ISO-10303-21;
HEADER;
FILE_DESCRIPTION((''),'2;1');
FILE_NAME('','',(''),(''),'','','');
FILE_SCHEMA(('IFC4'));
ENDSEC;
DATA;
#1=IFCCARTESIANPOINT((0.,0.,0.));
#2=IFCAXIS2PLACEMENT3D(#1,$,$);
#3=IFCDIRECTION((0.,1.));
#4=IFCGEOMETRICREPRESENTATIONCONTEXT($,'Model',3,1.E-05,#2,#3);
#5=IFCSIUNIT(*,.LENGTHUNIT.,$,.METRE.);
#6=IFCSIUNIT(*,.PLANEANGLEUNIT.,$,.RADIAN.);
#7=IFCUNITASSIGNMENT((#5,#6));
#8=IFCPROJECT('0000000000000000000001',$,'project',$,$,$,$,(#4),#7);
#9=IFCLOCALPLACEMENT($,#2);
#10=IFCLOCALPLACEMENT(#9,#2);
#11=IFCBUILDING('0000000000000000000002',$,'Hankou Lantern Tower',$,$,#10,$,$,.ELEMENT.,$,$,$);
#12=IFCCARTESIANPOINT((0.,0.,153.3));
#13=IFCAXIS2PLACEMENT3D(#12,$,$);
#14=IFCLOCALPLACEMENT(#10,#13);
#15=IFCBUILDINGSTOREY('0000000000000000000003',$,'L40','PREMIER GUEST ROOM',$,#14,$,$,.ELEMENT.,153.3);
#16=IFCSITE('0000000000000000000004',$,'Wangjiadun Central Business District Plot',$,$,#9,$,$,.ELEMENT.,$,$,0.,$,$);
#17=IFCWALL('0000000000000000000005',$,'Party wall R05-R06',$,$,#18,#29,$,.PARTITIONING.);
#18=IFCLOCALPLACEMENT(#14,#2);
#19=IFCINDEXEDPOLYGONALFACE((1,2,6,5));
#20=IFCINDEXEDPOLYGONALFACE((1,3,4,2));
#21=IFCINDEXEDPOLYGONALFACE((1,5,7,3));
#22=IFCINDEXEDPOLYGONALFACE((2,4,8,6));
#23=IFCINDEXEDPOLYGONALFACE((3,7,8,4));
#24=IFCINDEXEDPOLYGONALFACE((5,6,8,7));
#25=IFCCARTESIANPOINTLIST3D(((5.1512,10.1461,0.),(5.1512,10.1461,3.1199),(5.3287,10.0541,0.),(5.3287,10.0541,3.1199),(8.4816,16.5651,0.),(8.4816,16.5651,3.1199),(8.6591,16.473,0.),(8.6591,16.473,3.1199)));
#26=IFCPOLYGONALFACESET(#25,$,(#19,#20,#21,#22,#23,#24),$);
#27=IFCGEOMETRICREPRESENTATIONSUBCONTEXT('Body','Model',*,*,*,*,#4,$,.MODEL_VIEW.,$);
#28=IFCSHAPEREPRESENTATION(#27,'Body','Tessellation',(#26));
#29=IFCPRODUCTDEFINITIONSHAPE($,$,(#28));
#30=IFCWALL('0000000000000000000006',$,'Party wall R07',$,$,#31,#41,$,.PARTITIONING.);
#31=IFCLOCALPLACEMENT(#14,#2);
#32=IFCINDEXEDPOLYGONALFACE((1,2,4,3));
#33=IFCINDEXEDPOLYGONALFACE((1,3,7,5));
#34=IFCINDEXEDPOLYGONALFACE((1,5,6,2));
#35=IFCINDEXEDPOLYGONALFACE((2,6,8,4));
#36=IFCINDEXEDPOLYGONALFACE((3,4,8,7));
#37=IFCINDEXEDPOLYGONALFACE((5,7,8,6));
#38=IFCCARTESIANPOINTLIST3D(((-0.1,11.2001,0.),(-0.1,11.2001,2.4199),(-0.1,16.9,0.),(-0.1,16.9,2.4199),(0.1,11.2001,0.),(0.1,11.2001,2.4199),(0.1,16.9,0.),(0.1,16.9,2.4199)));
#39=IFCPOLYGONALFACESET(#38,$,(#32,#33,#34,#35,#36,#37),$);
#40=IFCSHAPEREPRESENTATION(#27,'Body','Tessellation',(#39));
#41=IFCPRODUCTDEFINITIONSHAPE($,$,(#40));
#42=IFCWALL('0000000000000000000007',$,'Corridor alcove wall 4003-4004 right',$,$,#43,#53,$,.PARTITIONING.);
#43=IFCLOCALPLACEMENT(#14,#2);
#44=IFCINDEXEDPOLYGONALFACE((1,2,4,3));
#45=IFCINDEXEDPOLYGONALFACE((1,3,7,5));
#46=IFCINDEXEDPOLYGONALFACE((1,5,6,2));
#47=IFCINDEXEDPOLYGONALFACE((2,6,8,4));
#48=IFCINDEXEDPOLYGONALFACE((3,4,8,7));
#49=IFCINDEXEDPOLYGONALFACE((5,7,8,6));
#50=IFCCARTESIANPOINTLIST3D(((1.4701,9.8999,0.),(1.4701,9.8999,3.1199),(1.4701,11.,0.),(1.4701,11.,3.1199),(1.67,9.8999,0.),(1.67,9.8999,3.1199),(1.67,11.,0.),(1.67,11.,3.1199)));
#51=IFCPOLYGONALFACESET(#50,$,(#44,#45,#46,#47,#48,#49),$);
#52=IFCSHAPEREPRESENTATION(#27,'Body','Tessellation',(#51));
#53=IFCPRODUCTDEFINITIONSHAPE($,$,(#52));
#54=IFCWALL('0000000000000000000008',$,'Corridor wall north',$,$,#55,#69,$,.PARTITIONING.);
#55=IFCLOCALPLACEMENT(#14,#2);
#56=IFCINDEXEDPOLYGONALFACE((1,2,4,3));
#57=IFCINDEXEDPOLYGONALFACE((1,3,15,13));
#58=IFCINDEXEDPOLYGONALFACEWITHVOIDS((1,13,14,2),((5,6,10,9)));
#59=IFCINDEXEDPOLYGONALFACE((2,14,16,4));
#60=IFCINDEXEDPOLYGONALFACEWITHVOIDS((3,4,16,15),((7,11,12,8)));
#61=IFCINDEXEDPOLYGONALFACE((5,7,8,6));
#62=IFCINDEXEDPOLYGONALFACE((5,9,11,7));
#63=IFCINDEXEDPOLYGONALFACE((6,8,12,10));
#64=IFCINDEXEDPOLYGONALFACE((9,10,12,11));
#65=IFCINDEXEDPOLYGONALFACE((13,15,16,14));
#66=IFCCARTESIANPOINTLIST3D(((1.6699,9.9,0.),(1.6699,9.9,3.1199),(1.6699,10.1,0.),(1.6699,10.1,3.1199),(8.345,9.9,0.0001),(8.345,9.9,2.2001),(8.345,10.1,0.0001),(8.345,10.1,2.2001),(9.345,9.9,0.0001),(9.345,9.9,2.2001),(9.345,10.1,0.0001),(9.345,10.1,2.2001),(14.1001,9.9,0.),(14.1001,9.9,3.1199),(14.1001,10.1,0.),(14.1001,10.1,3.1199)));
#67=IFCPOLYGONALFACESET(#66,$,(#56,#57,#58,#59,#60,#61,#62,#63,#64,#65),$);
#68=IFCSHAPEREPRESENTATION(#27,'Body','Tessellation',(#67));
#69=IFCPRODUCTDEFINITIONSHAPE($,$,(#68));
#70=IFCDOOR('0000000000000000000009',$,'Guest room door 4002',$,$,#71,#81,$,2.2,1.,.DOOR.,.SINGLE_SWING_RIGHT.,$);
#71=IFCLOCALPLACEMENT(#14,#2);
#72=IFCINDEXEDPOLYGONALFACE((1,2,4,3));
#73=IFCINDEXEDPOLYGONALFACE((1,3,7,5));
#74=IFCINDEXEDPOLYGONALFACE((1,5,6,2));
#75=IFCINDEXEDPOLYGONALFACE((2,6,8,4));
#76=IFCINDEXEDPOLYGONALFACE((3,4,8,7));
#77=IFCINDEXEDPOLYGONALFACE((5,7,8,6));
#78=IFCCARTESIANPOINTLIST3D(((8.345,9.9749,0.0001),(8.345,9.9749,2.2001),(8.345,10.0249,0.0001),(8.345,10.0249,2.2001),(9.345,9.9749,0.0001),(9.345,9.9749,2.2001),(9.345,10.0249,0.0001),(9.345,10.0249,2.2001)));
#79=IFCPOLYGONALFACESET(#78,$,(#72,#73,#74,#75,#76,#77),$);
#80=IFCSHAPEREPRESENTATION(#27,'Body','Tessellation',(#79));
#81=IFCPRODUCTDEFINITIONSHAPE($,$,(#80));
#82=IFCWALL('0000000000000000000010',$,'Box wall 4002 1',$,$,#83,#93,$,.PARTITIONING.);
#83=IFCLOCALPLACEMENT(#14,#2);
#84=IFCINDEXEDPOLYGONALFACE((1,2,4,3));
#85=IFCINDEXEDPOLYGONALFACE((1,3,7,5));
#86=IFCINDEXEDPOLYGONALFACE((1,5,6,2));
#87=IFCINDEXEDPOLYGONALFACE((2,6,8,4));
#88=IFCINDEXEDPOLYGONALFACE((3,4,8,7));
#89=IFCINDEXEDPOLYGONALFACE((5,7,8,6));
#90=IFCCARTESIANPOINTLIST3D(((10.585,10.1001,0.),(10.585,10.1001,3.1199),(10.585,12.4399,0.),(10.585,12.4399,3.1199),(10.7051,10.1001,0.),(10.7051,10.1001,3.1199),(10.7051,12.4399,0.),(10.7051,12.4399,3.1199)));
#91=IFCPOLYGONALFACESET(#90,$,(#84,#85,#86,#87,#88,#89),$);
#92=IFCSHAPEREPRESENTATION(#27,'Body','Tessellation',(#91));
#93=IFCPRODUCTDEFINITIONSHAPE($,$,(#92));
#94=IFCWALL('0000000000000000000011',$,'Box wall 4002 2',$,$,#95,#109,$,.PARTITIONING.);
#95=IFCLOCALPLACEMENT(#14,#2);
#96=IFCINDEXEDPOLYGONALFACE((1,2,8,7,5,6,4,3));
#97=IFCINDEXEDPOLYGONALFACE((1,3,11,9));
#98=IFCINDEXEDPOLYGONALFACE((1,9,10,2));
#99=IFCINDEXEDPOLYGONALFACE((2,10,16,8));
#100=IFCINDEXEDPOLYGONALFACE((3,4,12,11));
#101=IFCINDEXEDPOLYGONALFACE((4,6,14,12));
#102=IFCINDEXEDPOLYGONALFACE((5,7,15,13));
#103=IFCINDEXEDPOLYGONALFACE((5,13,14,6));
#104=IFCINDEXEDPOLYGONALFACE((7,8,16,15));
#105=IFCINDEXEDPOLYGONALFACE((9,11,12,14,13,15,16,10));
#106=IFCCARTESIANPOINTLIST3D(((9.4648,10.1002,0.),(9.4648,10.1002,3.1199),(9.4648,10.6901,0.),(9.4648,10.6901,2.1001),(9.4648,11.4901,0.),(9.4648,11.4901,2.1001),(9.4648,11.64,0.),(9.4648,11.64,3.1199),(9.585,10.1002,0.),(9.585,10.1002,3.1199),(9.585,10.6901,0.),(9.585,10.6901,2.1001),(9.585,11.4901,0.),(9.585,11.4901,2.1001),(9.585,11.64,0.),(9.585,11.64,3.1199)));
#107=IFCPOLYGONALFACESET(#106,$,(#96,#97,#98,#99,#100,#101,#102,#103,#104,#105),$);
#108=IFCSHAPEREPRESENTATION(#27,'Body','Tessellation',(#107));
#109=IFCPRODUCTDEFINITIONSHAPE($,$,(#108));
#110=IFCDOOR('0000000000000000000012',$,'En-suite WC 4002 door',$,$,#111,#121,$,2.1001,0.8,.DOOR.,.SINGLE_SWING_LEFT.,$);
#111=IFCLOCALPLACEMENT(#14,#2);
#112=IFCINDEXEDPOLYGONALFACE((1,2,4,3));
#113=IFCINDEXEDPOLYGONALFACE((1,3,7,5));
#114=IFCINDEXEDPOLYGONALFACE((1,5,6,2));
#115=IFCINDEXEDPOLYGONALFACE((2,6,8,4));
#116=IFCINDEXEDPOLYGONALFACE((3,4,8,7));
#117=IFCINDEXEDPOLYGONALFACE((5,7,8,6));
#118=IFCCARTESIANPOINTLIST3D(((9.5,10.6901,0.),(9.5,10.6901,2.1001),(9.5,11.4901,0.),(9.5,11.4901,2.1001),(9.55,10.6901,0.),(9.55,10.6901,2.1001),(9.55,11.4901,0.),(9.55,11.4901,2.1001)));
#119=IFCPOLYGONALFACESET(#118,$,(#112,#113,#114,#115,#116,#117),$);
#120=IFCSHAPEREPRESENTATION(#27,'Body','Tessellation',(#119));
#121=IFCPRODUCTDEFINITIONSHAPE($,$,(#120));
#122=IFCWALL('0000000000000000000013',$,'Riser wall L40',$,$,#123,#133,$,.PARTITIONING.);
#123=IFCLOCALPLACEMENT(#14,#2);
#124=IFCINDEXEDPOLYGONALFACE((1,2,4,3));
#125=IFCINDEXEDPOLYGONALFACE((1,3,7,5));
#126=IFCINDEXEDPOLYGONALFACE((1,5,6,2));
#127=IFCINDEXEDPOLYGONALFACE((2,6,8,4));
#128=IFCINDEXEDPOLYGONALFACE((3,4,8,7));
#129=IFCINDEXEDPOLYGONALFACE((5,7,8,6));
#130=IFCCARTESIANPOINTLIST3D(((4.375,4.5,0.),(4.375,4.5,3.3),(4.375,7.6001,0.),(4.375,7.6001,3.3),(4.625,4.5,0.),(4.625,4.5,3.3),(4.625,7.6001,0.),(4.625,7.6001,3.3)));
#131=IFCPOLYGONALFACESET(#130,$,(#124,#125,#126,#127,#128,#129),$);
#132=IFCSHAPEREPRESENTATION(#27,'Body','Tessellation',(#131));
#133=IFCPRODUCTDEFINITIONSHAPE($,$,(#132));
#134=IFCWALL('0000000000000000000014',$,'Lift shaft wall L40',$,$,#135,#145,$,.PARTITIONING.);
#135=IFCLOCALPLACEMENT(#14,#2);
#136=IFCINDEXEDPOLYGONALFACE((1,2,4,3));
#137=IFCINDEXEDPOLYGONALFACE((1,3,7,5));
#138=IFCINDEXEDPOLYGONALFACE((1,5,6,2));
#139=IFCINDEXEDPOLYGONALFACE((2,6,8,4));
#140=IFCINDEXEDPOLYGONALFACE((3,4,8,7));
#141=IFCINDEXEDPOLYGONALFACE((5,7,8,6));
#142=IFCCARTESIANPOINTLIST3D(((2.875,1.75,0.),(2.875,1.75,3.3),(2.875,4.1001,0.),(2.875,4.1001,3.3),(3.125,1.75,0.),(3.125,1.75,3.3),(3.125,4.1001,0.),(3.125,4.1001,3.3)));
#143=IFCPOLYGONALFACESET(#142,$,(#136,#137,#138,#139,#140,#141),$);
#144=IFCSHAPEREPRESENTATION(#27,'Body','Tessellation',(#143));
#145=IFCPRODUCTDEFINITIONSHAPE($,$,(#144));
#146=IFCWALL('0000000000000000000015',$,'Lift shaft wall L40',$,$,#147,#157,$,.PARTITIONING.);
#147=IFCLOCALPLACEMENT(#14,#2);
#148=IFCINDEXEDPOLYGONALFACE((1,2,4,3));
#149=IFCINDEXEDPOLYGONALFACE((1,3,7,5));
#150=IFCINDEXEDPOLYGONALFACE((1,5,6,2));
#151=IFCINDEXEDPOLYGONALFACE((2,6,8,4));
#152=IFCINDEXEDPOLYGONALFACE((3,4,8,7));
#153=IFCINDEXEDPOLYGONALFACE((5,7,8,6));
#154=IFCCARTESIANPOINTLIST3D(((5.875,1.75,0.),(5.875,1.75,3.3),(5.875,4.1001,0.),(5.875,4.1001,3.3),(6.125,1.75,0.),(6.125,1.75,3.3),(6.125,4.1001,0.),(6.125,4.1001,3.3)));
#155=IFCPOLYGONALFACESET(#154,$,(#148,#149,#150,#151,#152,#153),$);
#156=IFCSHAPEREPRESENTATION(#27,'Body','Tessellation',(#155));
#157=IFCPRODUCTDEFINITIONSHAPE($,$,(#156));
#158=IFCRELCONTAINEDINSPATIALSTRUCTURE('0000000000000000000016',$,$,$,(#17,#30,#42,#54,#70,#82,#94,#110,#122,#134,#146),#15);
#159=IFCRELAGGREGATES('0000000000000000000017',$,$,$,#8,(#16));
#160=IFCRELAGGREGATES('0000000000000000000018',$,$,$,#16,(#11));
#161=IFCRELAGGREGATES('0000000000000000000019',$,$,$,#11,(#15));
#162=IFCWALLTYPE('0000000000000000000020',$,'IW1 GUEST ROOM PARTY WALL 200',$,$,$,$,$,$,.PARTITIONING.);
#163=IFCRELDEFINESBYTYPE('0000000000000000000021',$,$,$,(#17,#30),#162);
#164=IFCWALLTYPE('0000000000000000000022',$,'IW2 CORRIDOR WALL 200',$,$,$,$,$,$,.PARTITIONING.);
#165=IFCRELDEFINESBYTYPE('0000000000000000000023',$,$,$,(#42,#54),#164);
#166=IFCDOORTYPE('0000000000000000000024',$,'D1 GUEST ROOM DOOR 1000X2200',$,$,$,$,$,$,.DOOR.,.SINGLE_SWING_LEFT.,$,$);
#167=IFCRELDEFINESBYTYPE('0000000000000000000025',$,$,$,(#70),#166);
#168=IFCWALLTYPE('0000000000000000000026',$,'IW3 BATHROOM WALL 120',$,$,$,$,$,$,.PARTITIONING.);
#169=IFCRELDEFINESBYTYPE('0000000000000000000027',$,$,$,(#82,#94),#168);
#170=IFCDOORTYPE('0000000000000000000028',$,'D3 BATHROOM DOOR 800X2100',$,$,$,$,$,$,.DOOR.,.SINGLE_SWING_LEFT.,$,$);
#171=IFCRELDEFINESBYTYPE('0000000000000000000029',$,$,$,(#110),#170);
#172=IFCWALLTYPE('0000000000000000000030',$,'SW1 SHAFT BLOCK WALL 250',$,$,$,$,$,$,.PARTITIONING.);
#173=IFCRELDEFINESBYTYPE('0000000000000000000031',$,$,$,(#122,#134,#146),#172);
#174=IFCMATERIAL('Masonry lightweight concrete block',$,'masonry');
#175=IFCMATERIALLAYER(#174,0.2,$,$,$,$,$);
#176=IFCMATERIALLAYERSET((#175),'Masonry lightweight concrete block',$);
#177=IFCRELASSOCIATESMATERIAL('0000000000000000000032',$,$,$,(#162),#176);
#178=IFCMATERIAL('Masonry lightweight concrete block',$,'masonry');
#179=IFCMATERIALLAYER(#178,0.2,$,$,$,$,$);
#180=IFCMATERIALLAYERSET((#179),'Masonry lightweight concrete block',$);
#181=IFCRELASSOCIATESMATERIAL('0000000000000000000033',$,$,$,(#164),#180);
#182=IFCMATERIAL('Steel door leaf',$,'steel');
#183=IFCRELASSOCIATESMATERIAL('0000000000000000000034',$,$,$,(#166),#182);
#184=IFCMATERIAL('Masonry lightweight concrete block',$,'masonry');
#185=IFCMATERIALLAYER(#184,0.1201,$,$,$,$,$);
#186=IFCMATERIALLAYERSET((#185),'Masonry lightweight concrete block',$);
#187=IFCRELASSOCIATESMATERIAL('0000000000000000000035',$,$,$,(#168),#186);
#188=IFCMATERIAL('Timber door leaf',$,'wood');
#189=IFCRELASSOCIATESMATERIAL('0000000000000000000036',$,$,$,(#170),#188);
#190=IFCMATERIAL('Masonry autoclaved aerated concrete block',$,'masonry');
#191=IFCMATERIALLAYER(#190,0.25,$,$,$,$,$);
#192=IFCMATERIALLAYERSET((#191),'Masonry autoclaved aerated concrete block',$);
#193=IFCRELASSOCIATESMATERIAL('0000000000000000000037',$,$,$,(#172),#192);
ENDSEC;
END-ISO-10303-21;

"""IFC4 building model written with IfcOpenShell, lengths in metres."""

from ifc_helpers import new_model, si_unit, direction, frame, frame_2d, origin, place, context, subcontext, project, spatial, rectangle, extrude, material, layer, layer_set, type_object, element, fill, save


model = new_model("IFC4")

# Units and contexts
model_context = context("Model", 3, precision=1e-05, world=origin(), true_north=direction((0.0, 1.0)))
body_context = subcontext(model_context, "Body", "Model", "MODEL_VIEW")
ifc_project = project(units=[si_unit("LENGTHUNIT", "METRE"), si_unit("PLANEANGLEUNIT", "RADIAN")], contexts=[model_context])

# Site, building, storey
site_placement = place(None, origin())
site = spatial("IfcSite", under=ifc_project, at=site_placement, Name="Wangjiadun Central Business District Plot", CompositionType="ELEMENT", RefElevation=0.0)
building_placement = place(site_placement, origin())
building = spatial("IfcBuilding", under=site, at=building_placement, Name="Hankou Lantern Tower", CompositionType="ELEMENT")
storey_placement = place(building_placement, frame((0.0, 0.0, 153.3)))
storey = spatial("IfcBuildingStorey", under=building, at=storey_placement, Name="L40", Description="PREMIER GUEST ROOM", CompositionType="ELEMENT", Elevation=153.3)

# Walls
ifc_material_1 = material(Name="Masonry lightweight concrete block", Category="masonry")
ifc_layer_1 = layer(ifc_material_1, 0.2)
ifc_layer_set_1 = layer_set([ifc_layer_1], Name="Masonry lightweight concrete block")
wall_type_1 = type_object("IfcWallType", Name="IW1 GUEST ROOM PARTY WALL 200", PredefinedType="PARTITIONING", material=ifc_layer_set_1)
wall_1_placement = place(storey_placement, frame((5.24, 10.1001, 0.0), z_axis=(0.0, 0.0, 1.0), x_axis=(0.460533, 0.887643, 0.0)))
element("IfcWall", 1, at=wall_1_placement, inside=storey, type_object=wall_type_1, Name="Party wall R05-R06", PredefinedType="PARTITIONING", context=body_context, shape_type="SweptSolid", body=[
    extrude(rectangle(XDim=7.2314, YDim=0.2, at=frame_2d((3.6157, 0.0))), origin(), (0.0, 0.0, 1.0), 3.1199),
])
wall_2_placement = place(storey_placement, frame((0.0, 11.2, 0.0), z_axis=(0.0, 0.0, 1.0), x_axis=(0.0, 1.0, 0.0)))
element("IfcWall", 2, at=wall_2_placement, inside=storey, type_object=wall_type_1, Name="Party wall R07", PredefinedType="PARTITIONING", context=body_context, shape_type="SweptSolid", body=[
    extrude(rectangle(XDim=5.7, YDim=0.2, at=frame_2d((2.8501, 0.0))), origin(), (0.0, 0.0, 1.0), 2.4199),
])
ifc_material_2 = material(Name="Masonry lightweight concrete block", Category="masonry")
ifc_layer_2 = layer(ifc_material_2, 0.2)
ifc_layer_set_2 = layer_set([ifc_layer_2], Name="Masonry lightweight concrete block")
wall_type_2 = type_object("IfcWallType", Name="IW2 CORRIDOR WALL 200", PredefinedType="PARTITIONING", material=ifc_layer_set_2)
wall_3_placement = place(storey_placement, frame((1.5701, 9.8999, 0.0), z_axis=(0.0, 0.0, 1.0), x_axis=(0.0, 1.0, 0.0)))
element("IfcWall", 3, at=wall_3_placement, inside=storey, type_object=wall_type_2, Name="Corridor alcove wall 4003-4004 right", PredefinedType="PARTITIONING", context=body_context, shape_type="SweptSolid", body=[
    extrude(rectangle(XDim=1.1001, YDim=0.2, at=frame_2d((0.55, 0.0))), origin(), (0.0, 0.0, 1.0), 3.1199),
])

# Wall, opening, door
wall_4_placement = place(storey_placement, frame((1.6699, 10.0, 0.0), z_axis=(0.0, 0.0, 1.0), x_axis=(1.0, 0.0, 0.0)))
wall_4 = element("IfcWall", 4, at=wall_4_placement, inside=storey, type_object=wall_type_2, Name="Corridor wall north", PredefinedType="PARTITIONING", context=body_context, shape_type="SweptSolid", body=[
    extrude(rectangle(XDim=12.4302, YDim=0.2, at=frame_2d((6.2151, 0.0))), origin(), (0.0, 0.0, 1.0), 3.1199),
])
opening_1_placement = place(wall_4_placement, frame((6.675, 0.0, 0.0)))
opening_1 = element("IfcOpeningElement", 5, at=opening_1_placement, cuts=wall_4, PredefinedType="OPENING", context=body_context, shape_type="SweptSolid", body=[
    extrude(rectangle(XDim=1.0, YDim=2.2, at=frame_2d((0.5, 1.1001))), frame((0.0, 0.1099, 0.0), z_axis=(0.0, -1.0, 0.0), x_axis=(1.0, 0.0, 0.0)), (0.0, 0.0, 1.0), 0.22),
])
ifc_material_3 = material(Name="Steel door leaf", Category="steel")
door_type_1 = type_object("IfcDoorType", Name="D1 GUEST ROOM DOOR 1000X2200", OperationType="SINGLE_SWING_LEFT", PredefinedType="DOOR", material=ifc_material_3)
door_1_placement = place(opening_1_placement, origin())
door_1 = element("IfcDoor", 6, at=door_1_placement, inside=storey, type_object=door_type_1, Name="Guest room door 4002", OperationType="SINGLE_SWING_RIGHT", OverallHeight=2.2, OverallWidth=1.0, PredefinedType="DOOR", context=body_context, shape_type="SweptSolid", body=[
    extrude(rectangle(XDim=1.0, YDim=2.2, at=frame_2d((0.5, 1.1001))), frame((0.0, 0.0249, 0.0), z_axis=(0.0, -1.0, 0.0), x_axis=(1.0, 0.0, 0.0)), (0.0, 0.0, 1.0), 0.05),
])
fill(opening_1, door_1)

# Wall
ifc_material_4 = material(Name="Masonry lightweight concrete block", Category="masonry")
ifc_layer_3 = layer(ifc_material_4, 0.1201)
ifc_layer_set_3 = layer_set([ifc_layer_3], Name="Masonry lightweight concrete block")
wall_type_3 = type_object("IfcWallType", Name="IW3 BATHROOM WALL 120", PredefinedType="PARTITIONING", material=ifc_layer_set_3)
wall_5_placement = place(storey_placement, frame((10.645, 10.1001, 0.0), z_axis=(0.0, 0.0, 1.0), x_axis=(0.0, 1.0, 0.0)))
element("IfcWall", 7, at=wall_5_placement, inside=storey, type_object=wall_type_3, Name="Box wall 4002 1", PredefinedType="PARTITIONING", context=body_context, shape_type="SweptSolid", body=[
    extrude(rectangle(XDim=2.3398, YDim=0.1201, at=frame_2d((1.1699, 0.0))), origin(), (0.0, 0.0, 1.0), 3.1199),
])

# Wall, opening, door
wall_6_placement = place(storey_placement, frame((9.5249, 10.1001, 0.0), z_axis=(0.0, 0.0, 1.0), x_axis=(0.0, 1.0, 0.0)))
wall_6 = element("IfcWall", 8, at=wall_6_placement, inside=storey, type_object=wall_type_3, Name="Box wall 4002 2", PredefinedType="PARTITIONING", context=body_context, shape_type="SweptSolid", body=[
    extrude(rectangle(XDim=1.5398, YDim=0.1201, at=frame_2d((0.77, 0.0))), origin(), (0.0, 0.0, 1.0), 3.1199),
])
opening_2_placement = place(wall_6_placement, frame((0.5901, 0.0, 0.0)))
opening_2 = element("IfcOpeningElement", 9, at=opening_2_placement, cuts=wall_6, PredefinedType="OPENING", context=body_context, shape_type="SweptSolid", body=[
    extrude(rectangle(XDim=0.8, YDim=2.1001, at=frame_2d((0.3999, 1.05))), frame((0.0, 0.0701, 0.0), z_axis=(0.0, -1.0, 0.0), x_axis=(1.0, 0.0, 0.0)), (0.0, 0.0, 1.0), 0.1401),
])
ifc_material_5 = material(Name="Timber door leaf", Category="wood")
door_type_2 = type_object("IfcDoorType", Name="D3 BATHROOM DOOR 800X2100", OperationType="SINGLE_SWING_LEFT", PredefinedType="DOOR", material=ifc_material_5)
door_2_placement = place(opening_2_placement, origin())
door_2 = element("IfcDoor", 10, at=door_2_placement, inside=storey, type_object=door_type_2, Name="En-suite WC 4002 door", OperationType="SINGLE_SWING_LEFT", OverallHeight=2.1001, OverallWidth=0.8, PredefinedType="DOOR", context=body_context, shape_type="SweptSolid", body=[
    extrude(rectangle(XDim=0.8, YDim=2.1001, at=frame_2d((0.3999, 1.05))), frame((0.0, 0.0249, 0.0), z_axis=(0.0, -1.0, 0.0), x_axis=(1.0, 0.0, 0.0)), (0.0, 0.0, 1.0), 0.05),
])
fill(opening_2, door_2)

# Walls
ifc_material_6 = material(Name="Masonry autoclaved aerated concrete block", Category="masonry")
ifc_layer_4 = layer(ifc_material_6, 0.25)
ifc_layer_set_4 = layer_set([ifc_layer_4], Name="Masonry autoclaved aerated concrete block")
wall_type_4 = type_object("IfcWallType", Name="SW1 SHAFT BLOCK WALL 250", PredefinedType="PARTITIONING", material=ifc_layer_set_4)
wall_7_placement = place(storey_placement, frame((4.5, 4.5, 0.0), z_axis=(0.0, 0.0, 1.0), x_axis=(0.0, 1.0, 0.0)))
element("IfcWall", 11, at=wall_7_placement, inside=storey, type_object=wall_type_4, Name="Riser wall L40", PredefinedType="PARTITIONING", context=body_context, shape_type="SweptSolid", body=[
    extrude(rectangle(XDim=3.1001, YDim=0.25, at=frame_2d((1.55, 0.0))), origin(), (0.0, 0.0, 1.0), 3.3),
])
for number, where, z_axis, x_axis, name in (
    (12, (3.0, 1.75, 0.0), (0.0, 0.0, 1.0), (0.0, 1.0, 0.0), "Lift shaft wall L40"),
    (13, (6.0, 1.75, 0.0), (0.0, 0.0, 1.0), (0.0, 1.0, 0.0), "Lift shaft wall L40"),
):
    element("IfcWall", number, at=place(storey_placement, frame(where, z_axis=z_axis, x_axis=x_axis)), inside=storey, type_object=wall_type_4, Name=name, PredefinedType="PARTITIONING", context=body_context, shape_type="SweptSolid", body=[
        extrude(rectangle(XDim=2.3501, YDim=0.25, at=frame_2d((1.175, 0.0))), origin(), (0.0, 0.0, 1.0), 3.3),
    ])

save(model, "model.ifc")
